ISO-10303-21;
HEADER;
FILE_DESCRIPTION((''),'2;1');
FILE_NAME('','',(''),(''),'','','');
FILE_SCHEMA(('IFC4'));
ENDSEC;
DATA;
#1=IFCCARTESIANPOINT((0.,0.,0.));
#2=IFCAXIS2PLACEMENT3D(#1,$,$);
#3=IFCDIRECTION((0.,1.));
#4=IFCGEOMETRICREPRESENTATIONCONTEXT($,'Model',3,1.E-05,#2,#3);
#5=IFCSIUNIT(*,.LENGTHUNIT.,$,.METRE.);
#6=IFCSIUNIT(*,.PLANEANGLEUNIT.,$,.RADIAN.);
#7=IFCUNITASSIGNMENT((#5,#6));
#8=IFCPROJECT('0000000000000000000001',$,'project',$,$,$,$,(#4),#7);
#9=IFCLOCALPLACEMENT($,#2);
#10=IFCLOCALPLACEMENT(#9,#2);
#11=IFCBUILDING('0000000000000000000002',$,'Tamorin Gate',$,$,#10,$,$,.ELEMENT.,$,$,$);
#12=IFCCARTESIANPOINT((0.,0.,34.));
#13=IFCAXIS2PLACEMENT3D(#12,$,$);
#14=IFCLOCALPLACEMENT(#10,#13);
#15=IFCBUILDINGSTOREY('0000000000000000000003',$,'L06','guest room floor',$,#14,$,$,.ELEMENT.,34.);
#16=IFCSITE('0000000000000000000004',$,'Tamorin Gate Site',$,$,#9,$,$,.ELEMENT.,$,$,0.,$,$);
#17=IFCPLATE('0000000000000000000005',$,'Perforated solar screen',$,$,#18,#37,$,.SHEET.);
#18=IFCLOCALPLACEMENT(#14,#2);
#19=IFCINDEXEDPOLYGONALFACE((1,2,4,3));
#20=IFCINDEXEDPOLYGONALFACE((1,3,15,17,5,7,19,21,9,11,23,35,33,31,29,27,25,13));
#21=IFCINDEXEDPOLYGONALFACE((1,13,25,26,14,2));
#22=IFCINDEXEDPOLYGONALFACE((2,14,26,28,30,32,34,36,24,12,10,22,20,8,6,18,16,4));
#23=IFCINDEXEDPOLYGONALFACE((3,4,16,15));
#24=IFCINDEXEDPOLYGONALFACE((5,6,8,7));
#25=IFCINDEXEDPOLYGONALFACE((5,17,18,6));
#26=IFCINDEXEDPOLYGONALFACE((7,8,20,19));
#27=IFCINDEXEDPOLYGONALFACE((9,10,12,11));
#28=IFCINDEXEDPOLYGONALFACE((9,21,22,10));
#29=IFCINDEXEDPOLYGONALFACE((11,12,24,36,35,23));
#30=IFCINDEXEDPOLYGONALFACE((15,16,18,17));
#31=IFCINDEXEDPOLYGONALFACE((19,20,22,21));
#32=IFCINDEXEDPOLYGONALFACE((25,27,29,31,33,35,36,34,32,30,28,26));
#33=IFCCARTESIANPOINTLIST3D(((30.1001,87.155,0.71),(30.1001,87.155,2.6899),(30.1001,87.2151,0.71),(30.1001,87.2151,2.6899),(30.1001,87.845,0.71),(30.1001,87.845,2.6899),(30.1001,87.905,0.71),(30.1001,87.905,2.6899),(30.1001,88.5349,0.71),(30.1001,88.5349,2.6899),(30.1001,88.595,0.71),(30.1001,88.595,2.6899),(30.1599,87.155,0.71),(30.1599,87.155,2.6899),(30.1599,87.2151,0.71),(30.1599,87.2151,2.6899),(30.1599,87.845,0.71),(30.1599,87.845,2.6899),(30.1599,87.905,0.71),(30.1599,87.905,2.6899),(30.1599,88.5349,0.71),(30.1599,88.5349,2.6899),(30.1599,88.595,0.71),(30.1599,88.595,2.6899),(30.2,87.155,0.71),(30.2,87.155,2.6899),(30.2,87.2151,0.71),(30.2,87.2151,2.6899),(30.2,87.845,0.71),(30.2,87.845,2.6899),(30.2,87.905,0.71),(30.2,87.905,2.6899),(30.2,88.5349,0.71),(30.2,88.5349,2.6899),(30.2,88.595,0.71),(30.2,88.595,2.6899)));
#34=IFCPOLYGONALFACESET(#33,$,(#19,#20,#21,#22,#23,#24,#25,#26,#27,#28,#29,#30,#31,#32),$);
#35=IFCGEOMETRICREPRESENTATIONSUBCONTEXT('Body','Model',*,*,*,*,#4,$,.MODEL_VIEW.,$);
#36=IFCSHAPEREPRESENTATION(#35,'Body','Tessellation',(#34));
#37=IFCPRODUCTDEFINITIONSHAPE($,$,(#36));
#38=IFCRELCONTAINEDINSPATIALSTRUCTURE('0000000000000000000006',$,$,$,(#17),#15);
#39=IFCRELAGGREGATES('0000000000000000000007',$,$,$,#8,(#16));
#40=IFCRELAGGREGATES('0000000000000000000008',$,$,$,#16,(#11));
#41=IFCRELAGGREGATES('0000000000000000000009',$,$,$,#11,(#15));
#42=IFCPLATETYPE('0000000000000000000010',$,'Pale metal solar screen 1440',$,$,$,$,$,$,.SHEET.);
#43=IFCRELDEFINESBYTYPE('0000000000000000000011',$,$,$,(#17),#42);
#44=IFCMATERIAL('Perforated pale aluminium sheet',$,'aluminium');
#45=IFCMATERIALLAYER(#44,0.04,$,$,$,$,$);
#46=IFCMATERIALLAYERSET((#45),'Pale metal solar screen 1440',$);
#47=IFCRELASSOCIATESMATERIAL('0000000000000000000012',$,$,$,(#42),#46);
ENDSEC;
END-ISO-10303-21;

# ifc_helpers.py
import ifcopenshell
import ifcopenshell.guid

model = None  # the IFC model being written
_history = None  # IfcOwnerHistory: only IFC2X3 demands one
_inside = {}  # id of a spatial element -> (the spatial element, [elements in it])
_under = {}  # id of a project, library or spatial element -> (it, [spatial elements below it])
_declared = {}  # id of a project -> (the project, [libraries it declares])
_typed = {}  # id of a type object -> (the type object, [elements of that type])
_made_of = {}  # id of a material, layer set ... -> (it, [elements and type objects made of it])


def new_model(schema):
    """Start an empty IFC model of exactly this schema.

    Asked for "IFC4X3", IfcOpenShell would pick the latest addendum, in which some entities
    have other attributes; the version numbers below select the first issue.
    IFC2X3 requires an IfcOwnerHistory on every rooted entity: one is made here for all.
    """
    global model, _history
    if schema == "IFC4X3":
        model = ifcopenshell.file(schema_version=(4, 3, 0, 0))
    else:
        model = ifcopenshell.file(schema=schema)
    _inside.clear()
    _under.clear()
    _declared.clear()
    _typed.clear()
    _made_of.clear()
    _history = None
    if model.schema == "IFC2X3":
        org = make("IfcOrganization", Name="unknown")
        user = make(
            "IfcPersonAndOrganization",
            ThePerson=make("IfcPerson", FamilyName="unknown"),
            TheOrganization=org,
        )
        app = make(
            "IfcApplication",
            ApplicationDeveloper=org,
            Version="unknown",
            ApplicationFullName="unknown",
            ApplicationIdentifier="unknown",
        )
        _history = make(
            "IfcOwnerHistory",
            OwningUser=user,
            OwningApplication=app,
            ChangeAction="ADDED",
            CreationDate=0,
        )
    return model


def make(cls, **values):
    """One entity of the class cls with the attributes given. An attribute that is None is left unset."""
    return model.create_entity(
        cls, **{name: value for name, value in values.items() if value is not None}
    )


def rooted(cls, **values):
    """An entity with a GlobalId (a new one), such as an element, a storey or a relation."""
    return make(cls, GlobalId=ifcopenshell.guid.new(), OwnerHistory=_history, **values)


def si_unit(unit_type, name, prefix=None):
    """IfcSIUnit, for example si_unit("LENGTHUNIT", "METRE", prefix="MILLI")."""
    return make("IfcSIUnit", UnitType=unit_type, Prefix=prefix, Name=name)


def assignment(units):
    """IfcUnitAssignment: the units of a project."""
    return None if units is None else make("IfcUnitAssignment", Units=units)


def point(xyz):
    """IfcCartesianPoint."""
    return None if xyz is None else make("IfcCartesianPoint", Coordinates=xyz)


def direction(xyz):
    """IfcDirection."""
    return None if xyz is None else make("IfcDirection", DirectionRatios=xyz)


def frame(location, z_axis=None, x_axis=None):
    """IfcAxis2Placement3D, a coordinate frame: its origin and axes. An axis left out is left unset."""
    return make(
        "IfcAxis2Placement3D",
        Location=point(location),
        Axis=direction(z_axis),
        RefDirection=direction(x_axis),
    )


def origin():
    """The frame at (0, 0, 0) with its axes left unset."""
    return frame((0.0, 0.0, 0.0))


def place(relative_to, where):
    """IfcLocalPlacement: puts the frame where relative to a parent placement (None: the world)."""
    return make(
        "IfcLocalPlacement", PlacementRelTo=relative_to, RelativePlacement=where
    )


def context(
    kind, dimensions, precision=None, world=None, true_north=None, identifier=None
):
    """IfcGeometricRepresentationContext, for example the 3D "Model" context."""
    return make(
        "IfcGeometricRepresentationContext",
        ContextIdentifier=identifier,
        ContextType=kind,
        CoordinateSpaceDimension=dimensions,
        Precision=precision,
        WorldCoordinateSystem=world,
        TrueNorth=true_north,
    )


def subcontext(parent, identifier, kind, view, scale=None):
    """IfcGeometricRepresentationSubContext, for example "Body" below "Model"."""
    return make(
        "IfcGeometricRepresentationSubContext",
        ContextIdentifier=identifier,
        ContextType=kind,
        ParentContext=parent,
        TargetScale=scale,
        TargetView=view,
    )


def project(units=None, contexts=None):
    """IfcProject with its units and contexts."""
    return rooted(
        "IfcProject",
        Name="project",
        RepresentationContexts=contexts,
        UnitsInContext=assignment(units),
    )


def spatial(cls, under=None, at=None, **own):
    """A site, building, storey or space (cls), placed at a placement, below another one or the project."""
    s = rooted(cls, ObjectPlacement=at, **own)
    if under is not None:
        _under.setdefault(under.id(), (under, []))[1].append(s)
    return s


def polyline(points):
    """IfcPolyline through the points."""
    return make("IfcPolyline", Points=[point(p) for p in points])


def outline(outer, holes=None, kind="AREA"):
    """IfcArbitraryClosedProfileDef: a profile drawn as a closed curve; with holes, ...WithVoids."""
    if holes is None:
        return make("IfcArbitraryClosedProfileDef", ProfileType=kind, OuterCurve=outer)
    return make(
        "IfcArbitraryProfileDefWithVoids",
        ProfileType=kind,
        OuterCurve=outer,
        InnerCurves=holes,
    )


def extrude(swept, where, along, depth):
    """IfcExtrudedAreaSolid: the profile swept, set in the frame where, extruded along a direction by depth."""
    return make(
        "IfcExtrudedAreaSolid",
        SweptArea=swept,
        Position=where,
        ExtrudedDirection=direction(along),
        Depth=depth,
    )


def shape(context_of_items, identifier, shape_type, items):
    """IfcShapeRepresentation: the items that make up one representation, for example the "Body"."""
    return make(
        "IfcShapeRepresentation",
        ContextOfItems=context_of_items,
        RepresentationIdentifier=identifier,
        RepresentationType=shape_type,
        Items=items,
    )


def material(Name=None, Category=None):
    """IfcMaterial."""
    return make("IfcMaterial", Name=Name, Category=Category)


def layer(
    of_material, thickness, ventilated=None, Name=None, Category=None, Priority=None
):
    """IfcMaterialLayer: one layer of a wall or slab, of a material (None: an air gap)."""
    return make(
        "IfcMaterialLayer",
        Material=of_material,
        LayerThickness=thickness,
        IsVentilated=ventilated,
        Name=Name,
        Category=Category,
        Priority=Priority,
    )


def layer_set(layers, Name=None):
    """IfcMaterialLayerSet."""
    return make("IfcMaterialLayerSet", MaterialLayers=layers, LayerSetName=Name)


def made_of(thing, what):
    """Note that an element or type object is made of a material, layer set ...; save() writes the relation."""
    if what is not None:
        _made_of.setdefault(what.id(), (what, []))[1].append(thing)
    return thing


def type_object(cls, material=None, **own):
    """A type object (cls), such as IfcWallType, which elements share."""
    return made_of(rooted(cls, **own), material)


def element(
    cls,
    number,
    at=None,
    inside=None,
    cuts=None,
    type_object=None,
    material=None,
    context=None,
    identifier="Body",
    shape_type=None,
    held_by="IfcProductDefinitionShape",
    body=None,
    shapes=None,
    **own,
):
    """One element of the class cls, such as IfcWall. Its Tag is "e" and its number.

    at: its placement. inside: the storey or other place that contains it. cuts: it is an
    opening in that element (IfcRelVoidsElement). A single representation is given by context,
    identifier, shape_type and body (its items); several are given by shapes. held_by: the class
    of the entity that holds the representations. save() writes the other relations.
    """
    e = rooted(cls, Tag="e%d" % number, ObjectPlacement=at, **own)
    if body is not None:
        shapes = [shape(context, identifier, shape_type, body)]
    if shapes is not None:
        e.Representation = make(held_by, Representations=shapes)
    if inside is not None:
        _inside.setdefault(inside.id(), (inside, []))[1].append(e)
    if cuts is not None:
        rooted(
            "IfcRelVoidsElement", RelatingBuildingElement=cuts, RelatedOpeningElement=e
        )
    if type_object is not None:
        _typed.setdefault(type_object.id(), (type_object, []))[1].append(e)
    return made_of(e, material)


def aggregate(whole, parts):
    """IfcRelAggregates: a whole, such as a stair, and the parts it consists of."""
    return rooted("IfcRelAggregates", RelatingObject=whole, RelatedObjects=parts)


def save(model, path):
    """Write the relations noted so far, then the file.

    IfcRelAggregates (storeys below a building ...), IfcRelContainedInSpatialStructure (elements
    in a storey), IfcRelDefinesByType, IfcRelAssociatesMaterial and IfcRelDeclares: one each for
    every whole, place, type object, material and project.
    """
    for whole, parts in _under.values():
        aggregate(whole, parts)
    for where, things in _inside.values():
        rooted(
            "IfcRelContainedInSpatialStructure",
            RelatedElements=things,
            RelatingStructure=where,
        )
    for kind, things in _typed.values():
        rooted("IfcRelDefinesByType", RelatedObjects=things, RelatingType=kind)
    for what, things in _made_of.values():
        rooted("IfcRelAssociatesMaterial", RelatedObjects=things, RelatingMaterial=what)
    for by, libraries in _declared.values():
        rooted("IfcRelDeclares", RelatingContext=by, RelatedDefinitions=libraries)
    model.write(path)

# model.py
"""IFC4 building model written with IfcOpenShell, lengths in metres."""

from ifc_helpers import new_model, si_unit, direction, frame, origin, place, context, subcontext, project, spatial, polyline, outline, extrude, material, layer, layer_set, type_object, element, save


model = new_model("IFC4")

# Units and contexts
model_context = context("Model", 3, precision=1e-05, world=origin(), true_north=direction((0.0, 1.0)))
body_context = subcontext(model_context, "Body", "Model", "MODEL_VIEW")
ifc_project = project(units=[si_unit("LENGTHUNIT", "METRE"), si_unit("PLANEANGLEUNIT", "RADIAN")], contexts=[model_context])

# Site, building, storey
site_placement = place(None, origin())
site = spatial("IfcSite", under=ifc_project, at=site_placement, Name="Tamorin Gate Site", CompositionType="ELEMENT", RefElevation=0.0)
building_placement = place(site_placement, origin())
building = spatial("IfcBuilding", under=site, at=building_placement, Name="Tamorin Gate", CompositionType="ELEMENT")
storey_placement = place(building_placement, frame((0.0, 0.0, 34.0)))
storey = spatial("IfcBuildingStorey", under=building, at=storey_placement, Name="L06", Description="guest room floor", CompositionType="ELEMENT", Elevation=34.0)

# Plate
ifc_material = material(Name="Perforated pale aluminium sheet", Category="aluminium")
ifc_layer = layer(ifc_material, 0.04)
ifc_layer_set = layer_set([ifc_layer], Name="Pale metal solar screen 1440")
plate_type = type_object("IfcPlateType", Name="Pale metal solar screen 1440", PredefinedType="SHEET", material=ifc_layer_set)
plate_1_placement = place(storey_placement, frame((0.0, 0.0, 0.71)))
element("IfcPlate", 1, at=plate_1_placement, inside=storey, type_object=plate_type, Name="Perforated solar screen", PredefinedType="SHEET", context=body_context, shape_type="SweptSolid", body=[
    extrude(outline(polyline([(30.1599, 88.595), (30.2, 88.595), (30.2, 88.5349), (30.2, 87.905), (30.2, 87.845), (30.2, 87.2151), (30.2, 87.155), (30.1599, 87.155), (30.1001, 87.155), (30.1001, 87.2151), (30.1599, 87.2151), (30.1599, 87.845), (30.1001, 87.845), (30.1001, 87.905), (30.1599, 87.905), (30.1599, 88.5349), (30.1001, 88.5349), (30.1001, 88.595), (30.1599, 88.595)])), origin(), (0.0, 0.0, 1.0), 1.98),
])

save(model, "model.ifc")
